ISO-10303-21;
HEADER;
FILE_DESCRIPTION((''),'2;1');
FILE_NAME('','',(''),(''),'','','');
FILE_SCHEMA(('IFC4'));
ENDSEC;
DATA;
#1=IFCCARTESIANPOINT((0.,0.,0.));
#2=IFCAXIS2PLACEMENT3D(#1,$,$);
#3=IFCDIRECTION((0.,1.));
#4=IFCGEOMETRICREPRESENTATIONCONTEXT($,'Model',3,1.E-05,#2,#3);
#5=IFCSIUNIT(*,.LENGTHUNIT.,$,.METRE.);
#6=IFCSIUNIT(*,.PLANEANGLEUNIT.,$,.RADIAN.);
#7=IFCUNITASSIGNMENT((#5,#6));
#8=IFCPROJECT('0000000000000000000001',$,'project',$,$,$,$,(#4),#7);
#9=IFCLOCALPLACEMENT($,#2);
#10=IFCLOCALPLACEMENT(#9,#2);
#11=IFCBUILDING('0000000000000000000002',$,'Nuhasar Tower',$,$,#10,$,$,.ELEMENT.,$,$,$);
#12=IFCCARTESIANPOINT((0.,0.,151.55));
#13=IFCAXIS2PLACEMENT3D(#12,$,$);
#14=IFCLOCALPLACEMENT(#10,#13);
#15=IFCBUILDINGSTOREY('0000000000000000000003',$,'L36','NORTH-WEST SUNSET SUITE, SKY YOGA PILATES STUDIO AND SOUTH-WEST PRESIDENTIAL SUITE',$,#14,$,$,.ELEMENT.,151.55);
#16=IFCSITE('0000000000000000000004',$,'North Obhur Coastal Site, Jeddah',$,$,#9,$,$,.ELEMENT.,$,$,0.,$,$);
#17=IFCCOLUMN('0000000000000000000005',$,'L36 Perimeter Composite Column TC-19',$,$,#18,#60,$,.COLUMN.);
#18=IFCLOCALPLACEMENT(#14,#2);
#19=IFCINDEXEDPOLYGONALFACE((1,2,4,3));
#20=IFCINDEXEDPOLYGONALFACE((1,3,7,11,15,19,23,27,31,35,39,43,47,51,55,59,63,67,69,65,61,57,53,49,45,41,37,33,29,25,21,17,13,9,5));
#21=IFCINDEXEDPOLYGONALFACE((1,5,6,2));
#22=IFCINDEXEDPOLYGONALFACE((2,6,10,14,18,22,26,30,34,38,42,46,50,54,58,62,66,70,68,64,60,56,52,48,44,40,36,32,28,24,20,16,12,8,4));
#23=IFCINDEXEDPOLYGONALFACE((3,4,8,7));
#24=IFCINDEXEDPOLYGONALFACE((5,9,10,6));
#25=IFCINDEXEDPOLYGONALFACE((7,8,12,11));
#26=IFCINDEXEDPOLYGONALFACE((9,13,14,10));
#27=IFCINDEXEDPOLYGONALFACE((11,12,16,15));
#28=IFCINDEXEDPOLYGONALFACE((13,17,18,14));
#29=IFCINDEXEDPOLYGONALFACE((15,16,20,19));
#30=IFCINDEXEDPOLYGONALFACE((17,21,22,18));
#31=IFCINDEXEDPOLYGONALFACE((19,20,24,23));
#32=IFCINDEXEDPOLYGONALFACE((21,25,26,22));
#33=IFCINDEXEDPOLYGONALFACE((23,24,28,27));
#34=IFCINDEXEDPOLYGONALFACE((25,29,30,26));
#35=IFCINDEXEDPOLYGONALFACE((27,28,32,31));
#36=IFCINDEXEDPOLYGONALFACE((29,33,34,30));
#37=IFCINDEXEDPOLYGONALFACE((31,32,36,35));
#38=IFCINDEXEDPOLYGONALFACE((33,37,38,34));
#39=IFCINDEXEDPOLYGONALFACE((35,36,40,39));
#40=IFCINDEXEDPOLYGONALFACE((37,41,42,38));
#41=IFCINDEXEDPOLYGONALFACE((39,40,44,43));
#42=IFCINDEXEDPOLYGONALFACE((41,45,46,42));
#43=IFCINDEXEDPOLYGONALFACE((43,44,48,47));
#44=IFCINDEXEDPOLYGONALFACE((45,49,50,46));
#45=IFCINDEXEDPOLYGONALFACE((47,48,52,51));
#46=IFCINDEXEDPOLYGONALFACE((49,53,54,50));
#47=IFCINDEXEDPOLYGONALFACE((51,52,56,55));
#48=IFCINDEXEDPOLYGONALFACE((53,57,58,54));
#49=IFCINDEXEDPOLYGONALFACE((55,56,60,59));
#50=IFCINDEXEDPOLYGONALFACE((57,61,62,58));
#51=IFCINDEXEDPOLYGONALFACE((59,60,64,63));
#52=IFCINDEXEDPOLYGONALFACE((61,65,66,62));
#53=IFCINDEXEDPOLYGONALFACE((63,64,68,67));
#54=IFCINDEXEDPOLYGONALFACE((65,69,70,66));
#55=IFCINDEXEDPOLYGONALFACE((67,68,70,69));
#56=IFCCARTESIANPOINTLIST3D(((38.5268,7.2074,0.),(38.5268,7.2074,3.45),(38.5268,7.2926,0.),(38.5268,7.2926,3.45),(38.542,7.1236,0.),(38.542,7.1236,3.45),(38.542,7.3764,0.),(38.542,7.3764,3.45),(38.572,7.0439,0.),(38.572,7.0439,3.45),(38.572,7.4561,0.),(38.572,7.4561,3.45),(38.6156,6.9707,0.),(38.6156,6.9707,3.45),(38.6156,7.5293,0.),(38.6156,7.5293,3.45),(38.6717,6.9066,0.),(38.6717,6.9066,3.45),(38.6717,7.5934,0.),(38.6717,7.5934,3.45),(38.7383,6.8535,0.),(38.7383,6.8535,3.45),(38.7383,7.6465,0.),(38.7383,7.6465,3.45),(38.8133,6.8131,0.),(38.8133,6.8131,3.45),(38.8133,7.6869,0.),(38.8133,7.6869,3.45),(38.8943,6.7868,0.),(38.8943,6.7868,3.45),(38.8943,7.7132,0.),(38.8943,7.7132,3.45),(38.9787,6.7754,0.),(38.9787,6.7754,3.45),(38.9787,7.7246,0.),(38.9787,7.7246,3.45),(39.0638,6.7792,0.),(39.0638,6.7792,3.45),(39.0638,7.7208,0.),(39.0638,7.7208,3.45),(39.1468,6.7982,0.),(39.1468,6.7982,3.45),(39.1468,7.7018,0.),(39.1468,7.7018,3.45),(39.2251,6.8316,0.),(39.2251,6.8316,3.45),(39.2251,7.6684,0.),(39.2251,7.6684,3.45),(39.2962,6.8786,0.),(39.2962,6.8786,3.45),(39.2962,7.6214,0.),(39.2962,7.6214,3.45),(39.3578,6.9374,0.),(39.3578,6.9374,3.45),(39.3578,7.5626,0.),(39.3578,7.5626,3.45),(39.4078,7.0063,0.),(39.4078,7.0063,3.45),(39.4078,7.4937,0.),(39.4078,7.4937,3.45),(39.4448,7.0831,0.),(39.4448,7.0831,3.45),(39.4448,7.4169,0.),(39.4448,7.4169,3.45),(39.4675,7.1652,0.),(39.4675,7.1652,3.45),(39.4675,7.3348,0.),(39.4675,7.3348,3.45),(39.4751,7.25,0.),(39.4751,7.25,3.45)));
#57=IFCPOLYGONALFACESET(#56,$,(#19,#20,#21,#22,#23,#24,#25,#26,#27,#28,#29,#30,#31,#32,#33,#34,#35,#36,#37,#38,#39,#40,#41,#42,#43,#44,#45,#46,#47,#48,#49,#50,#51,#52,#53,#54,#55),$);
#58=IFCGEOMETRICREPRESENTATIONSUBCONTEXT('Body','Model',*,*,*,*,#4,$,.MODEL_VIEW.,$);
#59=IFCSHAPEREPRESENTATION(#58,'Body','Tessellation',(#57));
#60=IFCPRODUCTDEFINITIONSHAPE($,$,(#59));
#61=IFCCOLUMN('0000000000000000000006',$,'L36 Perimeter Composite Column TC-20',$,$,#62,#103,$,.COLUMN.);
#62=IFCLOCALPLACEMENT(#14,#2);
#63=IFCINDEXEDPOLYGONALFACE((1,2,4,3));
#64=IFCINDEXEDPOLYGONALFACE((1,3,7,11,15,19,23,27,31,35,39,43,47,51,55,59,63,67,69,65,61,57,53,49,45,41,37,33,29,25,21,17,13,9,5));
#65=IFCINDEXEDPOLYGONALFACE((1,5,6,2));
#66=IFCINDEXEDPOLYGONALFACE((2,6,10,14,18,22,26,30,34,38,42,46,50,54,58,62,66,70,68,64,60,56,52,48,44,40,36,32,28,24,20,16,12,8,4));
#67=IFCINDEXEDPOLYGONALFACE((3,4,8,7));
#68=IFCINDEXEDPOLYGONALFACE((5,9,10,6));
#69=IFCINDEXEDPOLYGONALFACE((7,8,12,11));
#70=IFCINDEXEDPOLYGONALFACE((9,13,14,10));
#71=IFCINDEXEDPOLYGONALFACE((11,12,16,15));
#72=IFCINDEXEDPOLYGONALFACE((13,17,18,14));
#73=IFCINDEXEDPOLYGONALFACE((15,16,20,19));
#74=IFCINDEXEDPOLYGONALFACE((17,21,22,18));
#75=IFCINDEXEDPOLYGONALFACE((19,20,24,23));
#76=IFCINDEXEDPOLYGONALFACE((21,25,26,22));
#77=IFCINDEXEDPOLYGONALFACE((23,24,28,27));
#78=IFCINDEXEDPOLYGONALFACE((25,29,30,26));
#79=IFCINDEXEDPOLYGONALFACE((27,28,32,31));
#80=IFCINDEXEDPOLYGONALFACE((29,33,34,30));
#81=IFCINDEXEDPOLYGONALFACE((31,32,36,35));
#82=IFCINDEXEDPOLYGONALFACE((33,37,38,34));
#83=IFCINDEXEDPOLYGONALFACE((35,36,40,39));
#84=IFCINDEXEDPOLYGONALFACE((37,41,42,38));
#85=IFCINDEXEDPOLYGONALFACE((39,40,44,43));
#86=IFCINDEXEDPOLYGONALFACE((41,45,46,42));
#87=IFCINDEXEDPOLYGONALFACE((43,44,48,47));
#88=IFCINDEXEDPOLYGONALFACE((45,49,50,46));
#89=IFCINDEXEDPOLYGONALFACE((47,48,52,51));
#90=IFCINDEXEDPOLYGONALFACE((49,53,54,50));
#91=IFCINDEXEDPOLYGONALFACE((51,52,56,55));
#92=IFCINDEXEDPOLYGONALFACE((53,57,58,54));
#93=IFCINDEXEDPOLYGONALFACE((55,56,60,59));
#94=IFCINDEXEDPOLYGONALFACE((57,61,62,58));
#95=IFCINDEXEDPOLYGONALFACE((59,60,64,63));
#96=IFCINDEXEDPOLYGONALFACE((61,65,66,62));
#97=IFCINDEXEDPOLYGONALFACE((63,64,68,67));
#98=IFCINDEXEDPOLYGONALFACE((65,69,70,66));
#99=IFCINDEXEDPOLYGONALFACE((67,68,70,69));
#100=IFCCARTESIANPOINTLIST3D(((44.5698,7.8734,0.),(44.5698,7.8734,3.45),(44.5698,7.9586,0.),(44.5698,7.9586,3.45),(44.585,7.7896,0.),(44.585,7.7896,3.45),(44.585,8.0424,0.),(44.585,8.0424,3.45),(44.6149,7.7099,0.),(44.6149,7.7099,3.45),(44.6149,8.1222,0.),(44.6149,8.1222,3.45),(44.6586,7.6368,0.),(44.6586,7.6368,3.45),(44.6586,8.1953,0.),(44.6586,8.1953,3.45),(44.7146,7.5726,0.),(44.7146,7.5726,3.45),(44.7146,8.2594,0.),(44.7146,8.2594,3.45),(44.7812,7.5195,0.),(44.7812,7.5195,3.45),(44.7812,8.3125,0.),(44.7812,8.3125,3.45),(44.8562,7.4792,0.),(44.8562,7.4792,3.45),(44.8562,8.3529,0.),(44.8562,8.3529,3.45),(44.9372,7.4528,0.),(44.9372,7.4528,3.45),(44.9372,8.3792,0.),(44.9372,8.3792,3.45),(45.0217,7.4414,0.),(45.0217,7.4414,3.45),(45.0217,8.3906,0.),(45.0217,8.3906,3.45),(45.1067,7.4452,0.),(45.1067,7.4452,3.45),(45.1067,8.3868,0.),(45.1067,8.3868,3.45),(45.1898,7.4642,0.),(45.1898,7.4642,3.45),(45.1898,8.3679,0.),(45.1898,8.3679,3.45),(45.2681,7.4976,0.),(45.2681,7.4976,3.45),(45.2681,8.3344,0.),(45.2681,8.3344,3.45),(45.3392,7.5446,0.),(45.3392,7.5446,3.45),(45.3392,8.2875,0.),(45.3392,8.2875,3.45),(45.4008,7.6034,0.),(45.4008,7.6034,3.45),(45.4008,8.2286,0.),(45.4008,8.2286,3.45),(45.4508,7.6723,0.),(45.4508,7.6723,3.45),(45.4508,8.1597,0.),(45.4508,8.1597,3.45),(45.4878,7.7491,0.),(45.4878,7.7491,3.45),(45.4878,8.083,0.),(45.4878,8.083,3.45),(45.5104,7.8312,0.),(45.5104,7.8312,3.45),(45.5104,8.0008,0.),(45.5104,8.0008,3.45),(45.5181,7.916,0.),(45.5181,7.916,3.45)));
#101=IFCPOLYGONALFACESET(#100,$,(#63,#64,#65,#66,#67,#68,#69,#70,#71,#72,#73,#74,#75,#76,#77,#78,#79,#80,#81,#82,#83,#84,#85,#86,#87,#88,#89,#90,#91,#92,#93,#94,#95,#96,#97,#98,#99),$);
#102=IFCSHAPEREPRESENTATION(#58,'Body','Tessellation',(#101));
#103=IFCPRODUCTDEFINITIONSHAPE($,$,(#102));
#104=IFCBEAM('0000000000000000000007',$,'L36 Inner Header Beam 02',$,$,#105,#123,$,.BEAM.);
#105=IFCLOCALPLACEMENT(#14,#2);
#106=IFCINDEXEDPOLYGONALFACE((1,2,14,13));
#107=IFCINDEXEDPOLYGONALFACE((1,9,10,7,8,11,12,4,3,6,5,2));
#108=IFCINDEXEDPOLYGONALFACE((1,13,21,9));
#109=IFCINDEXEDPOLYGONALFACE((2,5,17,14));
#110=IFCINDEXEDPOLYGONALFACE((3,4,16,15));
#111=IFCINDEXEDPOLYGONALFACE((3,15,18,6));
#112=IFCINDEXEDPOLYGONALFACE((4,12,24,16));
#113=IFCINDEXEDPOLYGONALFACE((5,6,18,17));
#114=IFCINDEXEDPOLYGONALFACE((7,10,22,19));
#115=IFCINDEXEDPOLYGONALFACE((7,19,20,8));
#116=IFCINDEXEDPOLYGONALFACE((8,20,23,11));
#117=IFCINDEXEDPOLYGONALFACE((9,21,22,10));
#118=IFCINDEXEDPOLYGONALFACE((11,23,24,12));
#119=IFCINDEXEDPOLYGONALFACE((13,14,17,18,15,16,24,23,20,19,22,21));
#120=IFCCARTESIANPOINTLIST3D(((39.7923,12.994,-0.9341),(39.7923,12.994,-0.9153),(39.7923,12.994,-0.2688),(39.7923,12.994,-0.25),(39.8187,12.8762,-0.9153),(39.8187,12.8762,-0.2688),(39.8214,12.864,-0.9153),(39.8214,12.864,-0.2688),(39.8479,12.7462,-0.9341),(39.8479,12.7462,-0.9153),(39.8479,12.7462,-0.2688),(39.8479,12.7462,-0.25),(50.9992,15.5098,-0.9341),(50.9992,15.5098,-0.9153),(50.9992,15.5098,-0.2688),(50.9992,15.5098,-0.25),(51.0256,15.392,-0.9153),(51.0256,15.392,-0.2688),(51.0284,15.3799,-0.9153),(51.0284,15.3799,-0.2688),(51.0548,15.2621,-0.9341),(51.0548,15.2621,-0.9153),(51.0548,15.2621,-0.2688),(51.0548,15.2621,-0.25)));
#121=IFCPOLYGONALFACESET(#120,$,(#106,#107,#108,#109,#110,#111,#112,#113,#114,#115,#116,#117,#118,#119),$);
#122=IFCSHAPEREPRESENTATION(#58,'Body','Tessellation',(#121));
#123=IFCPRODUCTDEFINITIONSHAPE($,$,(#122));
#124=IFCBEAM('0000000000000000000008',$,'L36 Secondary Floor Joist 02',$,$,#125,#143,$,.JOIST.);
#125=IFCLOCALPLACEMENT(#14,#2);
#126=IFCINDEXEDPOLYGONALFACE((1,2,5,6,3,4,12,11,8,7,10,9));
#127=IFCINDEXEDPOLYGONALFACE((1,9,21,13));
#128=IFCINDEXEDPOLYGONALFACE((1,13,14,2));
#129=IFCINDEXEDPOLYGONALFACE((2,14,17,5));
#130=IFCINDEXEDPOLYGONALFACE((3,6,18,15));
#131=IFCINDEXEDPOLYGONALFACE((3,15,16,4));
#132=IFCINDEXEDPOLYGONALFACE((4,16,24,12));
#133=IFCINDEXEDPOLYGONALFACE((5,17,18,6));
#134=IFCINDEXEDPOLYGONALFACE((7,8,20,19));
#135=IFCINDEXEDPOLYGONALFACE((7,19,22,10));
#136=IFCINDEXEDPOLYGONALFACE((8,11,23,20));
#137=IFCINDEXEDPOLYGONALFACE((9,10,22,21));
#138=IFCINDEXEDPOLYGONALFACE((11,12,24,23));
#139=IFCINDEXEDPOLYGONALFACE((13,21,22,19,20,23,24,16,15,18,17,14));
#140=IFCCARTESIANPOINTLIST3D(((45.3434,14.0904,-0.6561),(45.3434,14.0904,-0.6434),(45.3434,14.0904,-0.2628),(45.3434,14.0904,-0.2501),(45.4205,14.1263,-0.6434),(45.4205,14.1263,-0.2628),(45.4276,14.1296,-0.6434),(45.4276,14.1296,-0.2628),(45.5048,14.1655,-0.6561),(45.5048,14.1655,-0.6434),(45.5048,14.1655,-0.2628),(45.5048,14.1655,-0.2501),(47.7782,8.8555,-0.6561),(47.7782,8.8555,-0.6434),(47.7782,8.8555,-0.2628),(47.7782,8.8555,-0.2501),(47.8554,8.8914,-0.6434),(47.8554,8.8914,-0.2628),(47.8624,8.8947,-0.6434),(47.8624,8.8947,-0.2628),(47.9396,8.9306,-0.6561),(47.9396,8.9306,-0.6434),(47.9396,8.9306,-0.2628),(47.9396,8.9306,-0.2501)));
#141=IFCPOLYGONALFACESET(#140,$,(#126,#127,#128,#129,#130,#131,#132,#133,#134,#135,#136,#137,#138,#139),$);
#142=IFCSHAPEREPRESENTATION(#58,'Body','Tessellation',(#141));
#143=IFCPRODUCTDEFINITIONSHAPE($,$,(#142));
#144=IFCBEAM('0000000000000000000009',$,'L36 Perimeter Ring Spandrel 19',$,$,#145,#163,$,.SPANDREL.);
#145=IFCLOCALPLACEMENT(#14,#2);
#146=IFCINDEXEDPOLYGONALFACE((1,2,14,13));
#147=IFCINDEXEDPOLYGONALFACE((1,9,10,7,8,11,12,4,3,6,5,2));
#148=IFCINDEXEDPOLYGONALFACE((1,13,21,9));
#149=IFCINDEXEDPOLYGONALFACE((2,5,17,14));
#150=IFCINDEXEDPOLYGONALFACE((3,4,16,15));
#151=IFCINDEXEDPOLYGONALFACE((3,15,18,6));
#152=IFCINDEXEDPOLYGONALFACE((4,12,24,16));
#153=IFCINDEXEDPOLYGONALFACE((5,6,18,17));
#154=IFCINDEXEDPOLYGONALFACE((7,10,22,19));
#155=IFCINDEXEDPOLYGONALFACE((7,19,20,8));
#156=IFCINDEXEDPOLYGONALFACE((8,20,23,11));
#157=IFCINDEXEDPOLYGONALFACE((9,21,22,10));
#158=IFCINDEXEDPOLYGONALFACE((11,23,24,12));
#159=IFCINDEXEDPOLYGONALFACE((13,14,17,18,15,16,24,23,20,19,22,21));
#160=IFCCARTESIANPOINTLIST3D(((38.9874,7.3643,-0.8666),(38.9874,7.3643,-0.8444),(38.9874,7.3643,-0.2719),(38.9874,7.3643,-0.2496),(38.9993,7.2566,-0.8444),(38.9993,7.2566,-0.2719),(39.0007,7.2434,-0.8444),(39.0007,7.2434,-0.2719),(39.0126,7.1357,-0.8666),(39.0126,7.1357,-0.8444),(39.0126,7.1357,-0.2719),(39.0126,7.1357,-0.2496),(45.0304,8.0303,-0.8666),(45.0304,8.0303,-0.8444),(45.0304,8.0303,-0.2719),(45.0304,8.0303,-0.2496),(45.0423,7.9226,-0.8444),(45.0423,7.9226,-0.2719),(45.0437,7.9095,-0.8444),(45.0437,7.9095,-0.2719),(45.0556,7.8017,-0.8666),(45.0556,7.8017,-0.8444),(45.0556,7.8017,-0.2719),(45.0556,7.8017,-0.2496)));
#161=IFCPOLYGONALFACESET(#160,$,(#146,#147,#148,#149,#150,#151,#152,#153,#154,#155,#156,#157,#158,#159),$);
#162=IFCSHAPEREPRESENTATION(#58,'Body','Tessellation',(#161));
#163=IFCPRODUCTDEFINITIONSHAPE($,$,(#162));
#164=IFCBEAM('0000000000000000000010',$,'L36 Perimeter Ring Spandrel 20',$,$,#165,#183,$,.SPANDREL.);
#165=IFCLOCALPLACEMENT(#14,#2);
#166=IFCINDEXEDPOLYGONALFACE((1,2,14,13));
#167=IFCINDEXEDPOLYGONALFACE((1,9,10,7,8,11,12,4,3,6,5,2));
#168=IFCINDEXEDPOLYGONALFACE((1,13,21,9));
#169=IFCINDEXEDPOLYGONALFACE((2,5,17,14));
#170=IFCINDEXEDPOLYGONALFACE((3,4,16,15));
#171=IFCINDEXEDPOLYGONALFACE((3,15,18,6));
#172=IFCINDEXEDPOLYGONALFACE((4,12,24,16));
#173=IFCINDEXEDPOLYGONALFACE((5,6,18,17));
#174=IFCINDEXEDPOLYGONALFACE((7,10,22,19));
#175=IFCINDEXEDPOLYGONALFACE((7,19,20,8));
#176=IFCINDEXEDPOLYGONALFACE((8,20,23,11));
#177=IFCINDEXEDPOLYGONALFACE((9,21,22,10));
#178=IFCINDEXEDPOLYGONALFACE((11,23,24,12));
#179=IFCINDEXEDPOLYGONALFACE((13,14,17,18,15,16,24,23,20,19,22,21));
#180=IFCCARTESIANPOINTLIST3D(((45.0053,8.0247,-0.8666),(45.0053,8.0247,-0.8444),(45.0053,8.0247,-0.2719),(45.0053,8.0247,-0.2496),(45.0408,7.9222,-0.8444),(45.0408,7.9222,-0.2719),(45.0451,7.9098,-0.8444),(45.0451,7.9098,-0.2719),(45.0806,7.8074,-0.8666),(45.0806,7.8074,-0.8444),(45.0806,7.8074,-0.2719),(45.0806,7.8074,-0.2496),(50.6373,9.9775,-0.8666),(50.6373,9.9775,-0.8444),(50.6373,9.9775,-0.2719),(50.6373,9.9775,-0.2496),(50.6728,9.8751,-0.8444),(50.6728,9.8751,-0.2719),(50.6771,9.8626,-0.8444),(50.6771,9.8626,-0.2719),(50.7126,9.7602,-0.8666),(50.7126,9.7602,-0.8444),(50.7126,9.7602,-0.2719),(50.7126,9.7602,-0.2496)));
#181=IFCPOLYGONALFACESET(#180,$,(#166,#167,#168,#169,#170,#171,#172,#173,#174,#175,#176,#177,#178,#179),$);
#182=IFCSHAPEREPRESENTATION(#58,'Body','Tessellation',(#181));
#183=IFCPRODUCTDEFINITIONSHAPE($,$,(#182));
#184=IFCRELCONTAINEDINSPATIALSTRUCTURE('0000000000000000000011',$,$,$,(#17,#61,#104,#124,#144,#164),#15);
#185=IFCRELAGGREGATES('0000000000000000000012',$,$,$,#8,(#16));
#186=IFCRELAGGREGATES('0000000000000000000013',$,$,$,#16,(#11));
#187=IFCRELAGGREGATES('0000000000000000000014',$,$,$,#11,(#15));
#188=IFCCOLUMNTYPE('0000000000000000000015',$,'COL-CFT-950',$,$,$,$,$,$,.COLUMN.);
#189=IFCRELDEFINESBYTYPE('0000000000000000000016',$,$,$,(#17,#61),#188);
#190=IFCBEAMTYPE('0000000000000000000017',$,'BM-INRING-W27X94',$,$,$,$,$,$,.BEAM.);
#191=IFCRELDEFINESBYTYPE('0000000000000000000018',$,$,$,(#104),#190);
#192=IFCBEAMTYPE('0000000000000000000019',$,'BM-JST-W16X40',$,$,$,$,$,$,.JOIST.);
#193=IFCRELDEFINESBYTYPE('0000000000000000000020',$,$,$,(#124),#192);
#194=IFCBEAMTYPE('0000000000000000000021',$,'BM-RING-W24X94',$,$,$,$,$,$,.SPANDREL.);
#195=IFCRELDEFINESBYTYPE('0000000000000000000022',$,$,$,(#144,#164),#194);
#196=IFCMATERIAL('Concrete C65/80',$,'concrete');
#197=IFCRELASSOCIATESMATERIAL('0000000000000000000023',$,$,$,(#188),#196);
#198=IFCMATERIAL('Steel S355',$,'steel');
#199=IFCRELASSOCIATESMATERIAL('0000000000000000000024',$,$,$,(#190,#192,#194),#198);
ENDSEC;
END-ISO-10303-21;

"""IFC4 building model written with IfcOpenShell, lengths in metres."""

from ifc_helpers import new_model, si_unit, direction, frame, origin, origin_2d, place, context, subcontext, project, spatial, circle, i_section, extrude, material, material_profile, profile_set, type_object, element, save


model = new_model("IFC4")

# Units and contexts
model_context = context("Model", 3, precision=1e-05, world=origin(), true_north=direction((0.0, 1.0)))
body_context = subcontext(model_context, "Body", "Model", "MODEL_VIEW")
ifc_project = project(units=[si_unit("LENGTHUNIT", "METRE"), si_unit("PLANEANGLEUNIT", "RADIAN")], contexts=[model_context])

# Site, building, storey
site_placement = place(None, origin())
site = spatial("IfcSite", under=ifc_project, at=site_placement, Name="North Obhur Coastal Site, Jeddah", CompositionType="ELEMENT", RefElevation=0.0)
building_placement = place(site_placement, origin())
building = spatial("IfcBuilding", under=site, at=building_placement, Name="Nuhasar Tower", CompositionType="ELEMENT")
storey_placement = place(building_placement, frame((0.0, 0.0, 151.55)))
storey = spatial("IfcBuildingStorey", under=building, at=storey_placement, Name="L36", Description="NORTH-WEST SUNSET SUITE, SKY YOGA PILATES STUDIO AND SOUTH-WEST PRESIDENTIAL SUITE", CompositionType="ELEMENT", Elevation=151.55)

# Columns
ifc_material_1 = material(Name="Concrete C65/80", Category="concrete")
ifc_material_profile_1 = material_profile(ifc_material_1, circle(Radius=0.4751, at=origin_2d()), Name="CFT950")
ifc_profile_set_1 = profile_set([ifc_material_profile_1], Name="Concrete C65/80")
column_type = type_object("IfcColumnType", Name="COL-CFT-950", PredefinedType="COLUMN", material=ifc_profile_set_1)
for number, where, z_axis, x_axis, name in (
    (1, (39.0, 7.25, 0.0), (0.0, 0.0, 1.0), (1.0, 0.0, 0.0), "L36 Perimeter Composite Column TC-19"),
    (2, (45.043, 7.916, 0.0), (0.0, 0.0, 1.0), (1.0, 0.0, 0.0), "L36 Perimeter Composite Column TC-20"),
):
    element("IfcColumn", number, at=place(storey_placement, frame(where, z_axis=z_axis, x_axis=x_axis)), inside=storey, type_object=column_type, Name=name, PredefinedType="COLUMN", context=body_context, shape_type="SweptSolid", body=[
        extrude(circle(Radius=0.4751, at=origin_2d()), origin(), (0.0, 0.0, 1.0), 3.45),
    ])

# Beams
ifc_material_2 = material(Name="Steel S355", Category="steel")
ifc_material_profile_2 = material_profile(ifc_material_2, i_section(OverallWidth=0.2539, OverallDepth=0.6841, WebThickness=0.0125, FlangeThickness=0.0188, at=origin_2d()), Name="W27X94")
ifc_profile_set_2 = profile_set([ifc_material_profile_2], Name="Steel S355")
beam_type_1 = type_object("IfcBeamType", Name="BM-INRING-W27X94", PredefinedType="BEAM", material=ifc_profile_set_2)
beam_1_placement = place(storey_placement, frame((39.8201, 12.8701, -0.592), z_axis=(0.975716, 0.219039, 0.0), x_axis=(-0.219039, 0.975716, 0.0)))
element("IfcBeam", 3, at=beam_1_placement, inside=storey, type_object=beam_type_1, Name="L36 Inner Header Beam 02", PredefinedType="BEAM", context=body_context, shape_type="SweptSolid", body=[
    extrude(i_section(OverallWidth=0.2539, OverallDepth=0.6841, WebThickness=0.0125, FlangeThickness=0.0188, at=origin_2d()), origin(), (0.0, 0.0, 1.0), 11.4858),
])
ifc_material_profile_3 = material_profile(ifc_material_2, i_section(OverallWidth=0.178, OverallDepth=0.406, WebThickness=0.0078, FlangeThickness=0.0127, at=origin_2d()), Name="W16X40")
ifc_profile_set_3 = profile_set([ifc_material_profile_3], Name="Steel S355")
beam_type_2 = type_object("IfcBeamType", Name="BM-JST-W16X40", PredefinedType="JOIST", material=ifc_profile_set_3)
beam_2_placement = place(storey_placement, frame((45.4241, 14.1279, -0.4531), z_axis=(0.42173, -0.906721, 0.0), x_axis=(0.906721, 0.42173, 0.0)))
element("IfcBeam", 4, at=beam_2_placement, inside=storey, type_object=beam_type_2, Name="L36 Secondary Floor Joist 02", PredefinedType="JOIST", context=body_context, shape_type="SweptSolid", body=[
    extrude(i_section(OverallWidth=0.178, OverallDepth=0.406, WebThickness=0.0078, FlangeThickness=0.0127, at=origin_2d()), origin(), (0.0, 0.0, 1.0), 5.7734),
])
ifc_material_profile_4 = material_profile(ifc_material_2, i_section(OverallWidth=0.23, OverallDepth=0.6169, WebThickness=0.0132, FlangeThickness=0.0222, at=origin_2d()), Name="W24X94")
ifc_profile_set_4 = profile_set([ifc_material_profile_4], Name="Steel S355")
beam_type_3 = type_object("IfcBeamType", Name="BM-RING-W24X94", PredefinedType="SPANDREL", material=ifc_profile_set_4)
beam_3_placement = place(storey_placement, frame((39.0, 7.25, -0.5581), z_axis=(0.993981, 0.10955, 0.0), x_axis=(-0.10955, 0.993981, 0.0)))
element("IfcBeam", 5, at=beam_3_placement, inside=storey, type_object=beam_type_3, Name="L36 Perimeter Ring Spandrel 19", PredefinedType="SPANDREL", context=body_context, shape_type="SweptSolid", body=[
    extrude(i_section(OverallWidth=0.23, OverallDepth=0.6169, WebThickness=0.0132, FlangeThickness=0.0222, at=origin_2d()), origin(), (0.0, 0.0, 1.0), 6.0796),
])
beam_4_placement = place(storey_placement, frame((45.043, 7.916, -0.5581), z_axis=(0.944814, 0.327607, 0.0), x_axis=(-0.327607, 0.944814, 0.0)))
element("IfcBeam", 6, at=beam_4_placement, inside=storey, type_object=beam_type_3, Name="L36 Perimeter Ring Spandrel 20", PredefinedType="SPANDREL", context=body_context, shape_type="SweptSolid", body=[
    extrude(i_section(OverallWidth=0.23, OverallDepth=0.6169, WebThickness=0.0132, FlangeThickness=0.0222, at=origin_2d()), origin(), (0.0, 0.0, 1.0), 5.9609),
])

save(model, "model.ifc")
